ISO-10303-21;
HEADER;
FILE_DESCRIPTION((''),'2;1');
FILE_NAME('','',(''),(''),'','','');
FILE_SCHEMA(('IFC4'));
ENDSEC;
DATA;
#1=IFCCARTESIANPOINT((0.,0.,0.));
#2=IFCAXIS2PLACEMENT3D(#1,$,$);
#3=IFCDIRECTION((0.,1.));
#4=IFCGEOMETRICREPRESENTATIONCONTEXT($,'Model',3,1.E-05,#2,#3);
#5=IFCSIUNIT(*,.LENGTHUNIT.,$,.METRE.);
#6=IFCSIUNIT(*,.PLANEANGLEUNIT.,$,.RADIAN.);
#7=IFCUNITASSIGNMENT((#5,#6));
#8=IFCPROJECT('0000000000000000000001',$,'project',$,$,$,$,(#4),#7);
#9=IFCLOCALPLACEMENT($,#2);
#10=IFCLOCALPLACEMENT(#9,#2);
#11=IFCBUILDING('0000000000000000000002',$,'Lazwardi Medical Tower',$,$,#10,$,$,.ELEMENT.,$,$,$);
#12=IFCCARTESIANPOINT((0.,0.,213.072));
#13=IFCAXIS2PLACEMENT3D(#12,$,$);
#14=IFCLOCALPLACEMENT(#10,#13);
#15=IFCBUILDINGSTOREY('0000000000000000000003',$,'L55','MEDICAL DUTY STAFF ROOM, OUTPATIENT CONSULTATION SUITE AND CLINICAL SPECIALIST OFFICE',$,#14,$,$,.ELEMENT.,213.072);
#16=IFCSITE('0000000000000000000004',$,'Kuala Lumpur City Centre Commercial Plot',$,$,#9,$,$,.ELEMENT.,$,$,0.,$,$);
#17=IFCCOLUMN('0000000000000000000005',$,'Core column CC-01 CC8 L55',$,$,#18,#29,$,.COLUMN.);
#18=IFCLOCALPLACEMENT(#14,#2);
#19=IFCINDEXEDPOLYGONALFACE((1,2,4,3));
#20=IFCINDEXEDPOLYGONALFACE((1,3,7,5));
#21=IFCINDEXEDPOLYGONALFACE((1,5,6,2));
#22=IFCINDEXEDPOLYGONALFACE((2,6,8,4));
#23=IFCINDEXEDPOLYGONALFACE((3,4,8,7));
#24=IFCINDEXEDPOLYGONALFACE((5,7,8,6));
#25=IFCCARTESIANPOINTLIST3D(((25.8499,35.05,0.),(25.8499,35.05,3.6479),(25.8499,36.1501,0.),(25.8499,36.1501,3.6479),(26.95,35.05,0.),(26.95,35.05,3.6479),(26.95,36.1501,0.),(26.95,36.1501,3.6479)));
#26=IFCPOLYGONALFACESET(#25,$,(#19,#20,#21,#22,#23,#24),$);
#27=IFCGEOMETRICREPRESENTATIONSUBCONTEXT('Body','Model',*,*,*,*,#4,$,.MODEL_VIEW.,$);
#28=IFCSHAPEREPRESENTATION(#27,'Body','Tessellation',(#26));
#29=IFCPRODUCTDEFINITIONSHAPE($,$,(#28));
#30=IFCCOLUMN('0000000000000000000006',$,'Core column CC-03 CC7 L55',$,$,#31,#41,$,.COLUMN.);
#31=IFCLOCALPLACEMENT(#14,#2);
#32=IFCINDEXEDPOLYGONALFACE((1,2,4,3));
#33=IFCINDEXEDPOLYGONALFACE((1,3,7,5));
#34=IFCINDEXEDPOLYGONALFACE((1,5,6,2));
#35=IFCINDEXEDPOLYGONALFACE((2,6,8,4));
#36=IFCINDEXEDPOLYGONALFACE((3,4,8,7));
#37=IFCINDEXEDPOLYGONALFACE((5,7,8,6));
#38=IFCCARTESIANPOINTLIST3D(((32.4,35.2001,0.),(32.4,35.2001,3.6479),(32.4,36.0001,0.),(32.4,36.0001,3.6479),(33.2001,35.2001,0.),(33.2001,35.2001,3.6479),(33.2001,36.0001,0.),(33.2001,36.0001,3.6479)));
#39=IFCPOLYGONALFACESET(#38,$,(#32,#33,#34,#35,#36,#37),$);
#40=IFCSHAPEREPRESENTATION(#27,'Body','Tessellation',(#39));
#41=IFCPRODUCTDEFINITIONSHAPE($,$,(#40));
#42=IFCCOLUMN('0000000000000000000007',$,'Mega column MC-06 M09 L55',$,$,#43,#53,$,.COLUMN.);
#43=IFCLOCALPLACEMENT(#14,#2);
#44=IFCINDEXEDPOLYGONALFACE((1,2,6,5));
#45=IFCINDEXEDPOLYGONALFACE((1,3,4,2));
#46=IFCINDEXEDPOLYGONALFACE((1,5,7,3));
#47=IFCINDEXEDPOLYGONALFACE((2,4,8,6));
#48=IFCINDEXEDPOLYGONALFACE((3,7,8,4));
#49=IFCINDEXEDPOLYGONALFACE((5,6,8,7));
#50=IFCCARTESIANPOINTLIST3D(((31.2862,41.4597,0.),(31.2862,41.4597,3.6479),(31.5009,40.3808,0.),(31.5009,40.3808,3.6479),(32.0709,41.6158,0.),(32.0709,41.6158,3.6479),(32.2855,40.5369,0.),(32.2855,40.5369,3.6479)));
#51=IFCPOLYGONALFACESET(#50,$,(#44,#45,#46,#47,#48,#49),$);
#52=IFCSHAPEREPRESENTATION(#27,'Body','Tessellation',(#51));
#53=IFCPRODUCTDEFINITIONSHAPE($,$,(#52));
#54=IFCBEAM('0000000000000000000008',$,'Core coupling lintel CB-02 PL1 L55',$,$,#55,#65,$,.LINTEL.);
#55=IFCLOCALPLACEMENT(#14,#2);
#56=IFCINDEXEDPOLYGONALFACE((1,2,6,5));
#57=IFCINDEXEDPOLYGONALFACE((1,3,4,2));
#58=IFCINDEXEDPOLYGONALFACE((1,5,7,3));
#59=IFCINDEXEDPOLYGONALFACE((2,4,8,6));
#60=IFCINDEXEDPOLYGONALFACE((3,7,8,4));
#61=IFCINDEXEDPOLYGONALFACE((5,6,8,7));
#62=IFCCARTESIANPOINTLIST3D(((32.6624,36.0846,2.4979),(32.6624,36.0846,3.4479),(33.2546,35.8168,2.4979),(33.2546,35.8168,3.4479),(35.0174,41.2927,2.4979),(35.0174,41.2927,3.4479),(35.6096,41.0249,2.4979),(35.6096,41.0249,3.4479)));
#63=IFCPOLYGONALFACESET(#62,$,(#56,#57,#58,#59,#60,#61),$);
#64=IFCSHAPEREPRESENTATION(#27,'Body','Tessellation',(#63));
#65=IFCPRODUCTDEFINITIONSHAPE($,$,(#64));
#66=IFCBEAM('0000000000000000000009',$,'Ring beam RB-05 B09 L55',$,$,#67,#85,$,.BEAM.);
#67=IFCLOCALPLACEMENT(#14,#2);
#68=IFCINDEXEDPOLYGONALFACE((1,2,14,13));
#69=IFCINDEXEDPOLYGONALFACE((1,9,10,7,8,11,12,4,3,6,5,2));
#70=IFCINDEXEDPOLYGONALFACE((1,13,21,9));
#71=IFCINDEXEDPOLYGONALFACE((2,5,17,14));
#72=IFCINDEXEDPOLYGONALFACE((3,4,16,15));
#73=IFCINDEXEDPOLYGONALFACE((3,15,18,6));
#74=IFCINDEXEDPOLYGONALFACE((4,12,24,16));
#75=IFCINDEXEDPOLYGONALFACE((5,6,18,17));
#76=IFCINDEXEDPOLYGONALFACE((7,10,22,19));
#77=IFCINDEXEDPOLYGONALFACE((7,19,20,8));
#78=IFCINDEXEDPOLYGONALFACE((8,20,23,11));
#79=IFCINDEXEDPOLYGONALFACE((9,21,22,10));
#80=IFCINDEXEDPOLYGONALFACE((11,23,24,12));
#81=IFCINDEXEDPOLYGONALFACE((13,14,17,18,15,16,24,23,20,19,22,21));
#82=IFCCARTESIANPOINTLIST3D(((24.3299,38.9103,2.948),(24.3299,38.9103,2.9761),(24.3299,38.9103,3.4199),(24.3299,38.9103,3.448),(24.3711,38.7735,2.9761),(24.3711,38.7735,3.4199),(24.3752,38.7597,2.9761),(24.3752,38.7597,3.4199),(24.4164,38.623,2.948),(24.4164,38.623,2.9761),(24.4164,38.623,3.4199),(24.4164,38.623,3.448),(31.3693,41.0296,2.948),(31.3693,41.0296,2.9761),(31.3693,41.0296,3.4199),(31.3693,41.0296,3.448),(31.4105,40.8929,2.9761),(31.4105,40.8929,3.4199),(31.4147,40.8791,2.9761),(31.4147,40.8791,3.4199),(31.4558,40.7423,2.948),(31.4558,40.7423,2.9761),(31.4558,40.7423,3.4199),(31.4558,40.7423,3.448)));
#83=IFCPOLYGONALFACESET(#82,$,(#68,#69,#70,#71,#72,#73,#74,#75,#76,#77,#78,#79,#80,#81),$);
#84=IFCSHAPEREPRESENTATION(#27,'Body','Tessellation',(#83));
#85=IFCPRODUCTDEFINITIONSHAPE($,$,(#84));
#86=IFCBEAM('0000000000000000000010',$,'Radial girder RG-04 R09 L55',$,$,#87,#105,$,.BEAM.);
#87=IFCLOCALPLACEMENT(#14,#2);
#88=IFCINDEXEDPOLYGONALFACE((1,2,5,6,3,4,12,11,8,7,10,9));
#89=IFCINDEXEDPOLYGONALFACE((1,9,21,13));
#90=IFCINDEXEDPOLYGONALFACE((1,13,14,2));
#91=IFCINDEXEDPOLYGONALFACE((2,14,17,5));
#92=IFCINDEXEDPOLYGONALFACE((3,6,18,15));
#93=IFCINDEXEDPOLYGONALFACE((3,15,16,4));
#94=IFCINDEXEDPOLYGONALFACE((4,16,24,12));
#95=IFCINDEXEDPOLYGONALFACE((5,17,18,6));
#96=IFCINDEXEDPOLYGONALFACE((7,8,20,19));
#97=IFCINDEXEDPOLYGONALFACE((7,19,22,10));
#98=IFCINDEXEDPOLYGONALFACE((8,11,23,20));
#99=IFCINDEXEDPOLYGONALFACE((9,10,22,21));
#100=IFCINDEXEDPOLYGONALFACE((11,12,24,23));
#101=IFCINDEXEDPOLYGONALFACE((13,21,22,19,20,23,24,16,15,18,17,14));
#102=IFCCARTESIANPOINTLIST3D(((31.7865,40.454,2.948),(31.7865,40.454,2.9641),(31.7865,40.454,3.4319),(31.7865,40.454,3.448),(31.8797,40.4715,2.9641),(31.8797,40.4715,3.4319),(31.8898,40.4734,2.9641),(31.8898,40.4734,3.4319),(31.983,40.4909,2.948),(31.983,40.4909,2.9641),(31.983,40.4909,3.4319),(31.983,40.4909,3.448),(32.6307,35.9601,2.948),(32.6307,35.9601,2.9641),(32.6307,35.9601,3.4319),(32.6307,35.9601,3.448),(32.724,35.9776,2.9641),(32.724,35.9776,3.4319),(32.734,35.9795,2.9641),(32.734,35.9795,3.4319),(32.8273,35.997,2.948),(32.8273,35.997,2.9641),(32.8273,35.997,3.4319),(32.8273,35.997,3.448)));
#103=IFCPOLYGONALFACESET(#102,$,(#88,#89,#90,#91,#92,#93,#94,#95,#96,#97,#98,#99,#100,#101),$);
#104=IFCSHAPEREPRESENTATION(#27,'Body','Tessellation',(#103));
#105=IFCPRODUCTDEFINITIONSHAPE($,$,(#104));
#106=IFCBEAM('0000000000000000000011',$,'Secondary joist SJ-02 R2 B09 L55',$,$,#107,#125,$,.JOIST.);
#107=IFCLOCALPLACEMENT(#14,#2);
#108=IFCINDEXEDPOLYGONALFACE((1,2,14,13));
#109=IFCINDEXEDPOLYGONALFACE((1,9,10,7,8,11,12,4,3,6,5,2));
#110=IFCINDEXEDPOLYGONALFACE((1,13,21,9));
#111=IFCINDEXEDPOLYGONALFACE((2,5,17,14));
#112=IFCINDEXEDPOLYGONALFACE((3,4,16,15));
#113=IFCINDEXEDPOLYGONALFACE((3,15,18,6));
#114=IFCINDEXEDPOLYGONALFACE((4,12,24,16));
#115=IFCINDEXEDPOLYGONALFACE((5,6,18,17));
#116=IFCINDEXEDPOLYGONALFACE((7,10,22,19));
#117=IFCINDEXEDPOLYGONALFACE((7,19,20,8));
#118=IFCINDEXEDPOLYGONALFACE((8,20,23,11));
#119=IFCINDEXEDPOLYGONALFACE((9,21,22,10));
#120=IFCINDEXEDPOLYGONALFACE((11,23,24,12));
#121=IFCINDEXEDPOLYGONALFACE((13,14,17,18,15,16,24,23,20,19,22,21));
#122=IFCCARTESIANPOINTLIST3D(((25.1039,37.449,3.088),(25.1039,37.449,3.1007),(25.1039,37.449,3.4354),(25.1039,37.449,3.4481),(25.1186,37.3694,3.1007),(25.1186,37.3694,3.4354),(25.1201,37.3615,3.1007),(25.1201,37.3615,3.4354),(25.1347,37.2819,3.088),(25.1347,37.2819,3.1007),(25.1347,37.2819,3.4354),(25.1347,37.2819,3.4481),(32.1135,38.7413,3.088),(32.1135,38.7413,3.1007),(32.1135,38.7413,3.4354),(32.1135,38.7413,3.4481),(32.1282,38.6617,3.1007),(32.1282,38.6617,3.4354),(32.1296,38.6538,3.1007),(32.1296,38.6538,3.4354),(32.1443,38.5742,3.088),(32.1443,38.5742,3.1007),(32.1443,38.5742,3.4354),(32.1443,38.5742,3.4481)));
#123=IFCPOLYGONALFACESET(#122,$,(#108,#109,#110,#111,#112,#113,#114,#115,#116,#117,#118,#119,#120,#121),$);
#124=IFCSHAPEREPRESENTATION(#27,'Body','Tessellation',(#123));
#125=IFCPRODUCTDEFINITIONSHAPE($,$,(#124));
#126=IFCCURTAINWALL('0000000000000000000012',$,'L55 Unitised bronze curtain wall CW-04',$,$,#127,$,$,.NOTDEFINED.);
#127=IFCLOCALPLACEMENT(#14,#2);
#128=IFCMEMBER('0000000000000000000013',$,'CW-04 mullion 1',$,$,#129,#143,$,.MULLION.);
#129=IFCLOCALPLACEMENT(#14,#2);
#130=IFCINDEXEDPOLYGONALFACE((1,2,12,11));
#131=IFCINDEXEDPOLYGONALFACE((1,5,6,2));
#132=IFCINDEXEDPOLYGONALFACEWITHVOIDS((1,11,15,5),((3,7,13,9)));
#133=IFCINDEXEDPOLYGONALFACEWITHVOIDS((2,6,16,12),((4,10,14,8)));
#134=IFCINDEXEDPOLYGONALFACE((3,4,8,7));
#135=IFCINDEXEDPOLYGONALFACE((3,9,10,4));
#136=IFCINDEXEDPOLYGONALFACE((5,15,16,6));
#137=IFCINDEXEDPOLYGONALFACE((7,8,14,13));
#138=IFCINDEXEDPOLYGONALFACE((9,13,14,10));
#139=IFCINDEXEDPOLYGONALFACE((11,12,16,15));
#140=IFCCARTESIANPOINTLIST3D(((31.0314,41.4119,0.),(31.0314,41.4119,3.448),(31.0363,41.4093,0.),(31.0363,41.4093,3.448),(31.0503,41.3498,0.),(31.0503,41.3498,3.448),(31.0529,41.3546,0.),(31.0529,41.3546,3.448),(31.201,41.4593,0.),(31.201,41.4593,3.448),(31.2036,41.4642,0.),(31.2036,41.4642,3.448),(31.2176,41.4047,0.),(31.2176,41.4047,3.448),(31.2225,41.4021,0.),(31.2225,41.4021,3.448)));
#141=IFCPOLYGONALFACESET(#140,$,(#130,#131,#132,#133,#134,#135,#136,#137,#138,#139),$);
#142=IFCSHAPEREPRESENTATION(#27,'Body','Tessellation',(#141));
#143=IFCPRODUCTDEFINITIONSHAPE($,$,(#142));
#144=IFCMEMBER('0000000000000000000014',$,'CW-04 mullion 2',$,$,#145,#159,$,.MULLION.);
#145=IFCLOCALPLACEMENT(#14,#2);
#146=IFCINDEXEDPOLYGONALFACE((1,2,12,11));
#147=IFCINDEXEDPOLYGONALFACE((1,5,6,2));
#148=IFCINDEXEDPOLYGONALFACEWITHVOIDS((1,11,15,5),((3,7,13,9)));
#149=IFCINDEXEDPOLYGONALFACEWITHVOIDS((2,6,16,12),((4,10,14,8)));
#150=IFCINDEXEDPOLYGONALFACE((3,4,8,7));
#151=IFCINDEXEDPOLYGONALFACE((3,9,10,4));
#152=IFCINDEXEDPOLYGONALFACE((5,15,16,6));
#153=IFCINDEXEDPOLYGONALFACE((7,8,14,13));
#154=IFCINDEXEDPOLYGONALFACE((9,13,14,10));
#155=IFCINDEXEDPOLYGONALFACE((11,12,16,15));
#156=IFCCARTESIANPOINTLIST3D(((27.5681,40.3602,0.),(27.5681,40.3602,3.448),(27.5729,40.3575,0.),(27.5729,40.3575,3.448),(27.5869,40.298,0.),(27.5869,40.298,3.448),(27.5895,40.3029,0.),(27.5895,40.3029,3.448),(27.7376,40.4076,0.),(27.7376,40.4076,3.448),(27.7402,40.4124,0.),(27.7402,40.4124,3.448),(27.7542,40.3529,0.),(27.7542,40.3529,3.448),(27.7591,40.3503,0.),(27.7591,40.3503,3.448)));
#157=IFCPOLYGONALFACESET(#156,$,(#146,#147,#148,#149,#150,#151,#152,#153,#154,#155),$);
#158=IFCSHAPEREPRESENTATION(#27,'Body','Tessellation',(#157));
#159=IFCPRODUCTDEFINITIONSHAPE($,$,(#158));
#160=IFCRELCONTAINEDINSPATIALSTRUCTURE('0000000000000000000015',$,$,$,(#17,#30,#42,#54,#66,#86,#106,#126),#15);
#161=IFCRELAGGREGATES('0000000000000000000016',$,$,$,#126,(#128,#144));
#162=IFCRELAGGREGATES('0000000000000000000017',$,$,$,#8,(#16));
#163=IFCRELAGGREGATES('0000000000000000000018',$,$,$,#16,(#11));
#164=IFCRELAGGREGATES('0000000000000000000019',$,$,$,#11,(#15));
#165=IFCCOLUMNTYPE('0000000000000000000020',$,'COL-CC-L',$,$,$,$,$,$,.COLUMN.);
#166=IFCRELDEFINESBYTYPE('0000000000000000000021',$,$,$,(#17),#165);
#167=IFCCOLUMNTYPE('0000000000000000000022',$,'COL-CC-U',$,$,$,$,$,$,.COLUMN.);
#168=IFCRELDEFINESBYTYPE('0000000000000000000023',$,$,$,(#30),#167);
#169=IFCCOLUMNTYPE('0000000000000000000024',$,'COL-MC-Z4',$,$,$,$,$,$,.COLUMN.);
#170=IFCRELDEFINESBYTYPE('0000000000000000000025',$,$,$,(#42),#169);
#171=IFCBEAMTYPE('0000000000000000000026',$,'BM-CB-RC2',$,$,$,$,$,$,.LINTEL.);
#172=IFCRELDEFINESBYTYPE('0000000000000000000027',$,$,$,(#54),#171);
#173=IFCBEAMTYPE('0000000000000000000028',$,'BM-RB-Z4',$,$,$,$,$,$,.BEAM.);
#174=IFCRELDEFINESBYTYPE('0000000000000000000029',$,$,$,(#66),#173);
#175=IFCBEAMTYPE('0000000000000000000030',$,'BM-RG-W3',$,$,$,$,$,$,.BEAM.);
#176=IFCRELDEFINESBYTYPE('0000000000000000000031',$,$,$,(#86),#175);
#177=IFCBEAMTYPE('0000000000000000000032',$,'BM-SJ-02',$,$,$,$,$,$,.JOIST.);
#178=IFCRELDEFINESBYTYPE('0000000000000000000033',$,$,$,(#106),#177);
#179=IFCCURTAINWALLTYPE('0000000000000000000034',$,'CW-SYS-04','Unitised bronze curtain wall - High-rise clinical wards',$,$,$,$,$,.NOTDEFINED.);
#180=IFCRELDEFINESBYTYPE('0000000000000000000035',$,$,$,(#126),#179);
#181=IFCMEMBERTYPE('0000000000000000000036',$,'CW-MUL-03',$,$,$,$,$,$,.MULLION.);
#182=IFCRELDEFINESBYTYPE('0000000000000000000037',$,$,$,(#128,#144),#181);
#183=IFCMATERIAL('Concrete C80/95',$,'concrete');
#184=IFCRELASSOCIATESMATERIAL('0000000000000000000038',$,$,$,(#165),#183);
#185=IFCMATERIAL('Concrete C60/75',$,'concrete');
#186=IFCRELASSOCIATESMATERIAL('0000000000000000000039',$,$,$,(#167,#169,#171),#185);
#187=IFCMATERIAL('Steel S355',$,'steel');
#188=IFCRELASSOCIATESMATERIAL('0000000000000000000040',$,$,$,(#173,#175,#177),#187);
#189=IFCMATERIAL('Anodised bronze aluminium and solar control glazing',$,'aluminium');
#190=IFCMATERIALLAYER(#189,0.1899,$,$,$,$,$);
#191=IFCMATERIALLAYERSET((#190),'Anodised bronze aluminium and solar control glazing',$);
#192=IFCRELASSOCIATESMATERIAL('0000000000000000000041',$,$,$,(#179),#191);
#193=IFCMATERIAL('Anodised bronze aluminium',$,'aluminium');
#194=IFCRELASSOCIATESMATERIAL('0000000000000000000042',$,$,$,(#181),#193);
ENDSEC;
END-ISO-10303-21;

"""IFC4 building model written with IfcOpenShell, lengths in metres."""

from ifc_helpers import new_model, si_unit, direction, frame, origin, origin_2d, place, context, subcontext, project, spatial, rectangle, hollow_rectangle, i_section, extrude, material, layer, layer_set, material_profile, profile_set, type_object, element, aggregate, save


model = new_model("IFC4")

# Units and contexts
model_context = context("Model", 3, precision=1e-05, world=origin(), true_north=direction((0.0, 1.0)))
body_context = subcontext(model_context, "Body", "Model", "MODEL_VIEW")
ifc_project = project(units=[si_unit("LENGTHUNIT", "METRE"), si_unit("PLANEANGLEUNIT", "RADIAN")], contexts=[model_context])

# Site, building, storey
site_placement = place(None, origin())
site = spatial("IfcSite", under=ifc_project, at=site_placement, Name="Kuala Lumpur City Centre Commercial Plot", CompositionType="ELEMENT", RefElevation=0.0)
building_placement = place(site_placement, origin())
building = spatial("IfcBuilding", under=site, at=building_placement, Name="Lazwardi Medical Tower", CompositionType="ELEMENT")
storey_placement = place(building_placement, frame((0.0, 0.0, 213.072)))
storey = spatial("IfcBuildingStorey", under=building, at=storey_placement, Name="L55", Description="MEDICAL DUTY STAFF ROOM, OUTPATIENT CONSULTATION SUITE AND CLINICAL SPECIALIST OFFICE", CompositionType="ELEMENT", Elevation=213.072)

# Columns
ifc_material_1 = material(Name="Concrete C80/95", Category="concrete")
ifc_material_profile_1 = material_profile(ifc_material_1, rectangle(XDim=1.1001, YDim=1.1001, at=origin_2d()), Name="RC 1100x1100")
ifc_profile_set_1 = profile_set([ifc_material_profile_1], Name="Concrete C80/95")
column_type_1 = type_object("IfcColumnType", Name="COL-CC-L", PredefinedType="COLUMN", material=ifc_profile_set_1)
column_1_placement = place(storey_placement, frame((26.3999, 35.6001, 0.0), z_axis=(0.0, 0.0, 1.0), x_axis=(1.0, 0.0, 0.0)))
element("IfcColumn", 1, at=column_1_placement, inside=storey, type_object=column_type_1, Name="Core column CC-01 CC8 L55", PredefinedType="COLUMN", context=body_context, shape_type="SweptSolid", body=[
    extrude(rectangle(XDim=1.1001, YDim=1.1001, at=origin_2d()), origin(), (0.0, 0.0, 1.0), 3.6479),
])
ifc_material_2 = material(Name="Concrete C60/75", Category="concrete")
ifc_material_profile_2 = material_profile(ifc_material_2, rectangle(XDim=0.8, YDim=0.8, at=origin_2d()), Name="RC 800x800")
ifc_profile_set_2 = profile_set([ifc_material_profile_2], Name="Concrete C60/75")
column_type_2 = type_object("IfcColumnType", Name="COL-CC-U", PredefinedType="COLUMN", material=ifc_profile_set_2)
column_2_placement = place(storey_placement, frame((32.8, 35.6001, 0.0), z_axis=(0.0, 0.0, 1.0), x_axis=(1.0, 0.0, 0.0)))
element("IfcColumn", 2, at=column_2_placement, inside=storey, type_object=column_type_2, Name="Core column CC-03 CC7 L55", PredefinedType="COLUMN", context=body_context, shape_type="SweptSolid", body=[
    extrude(rectangle(XDim=0.8, YDim=0.8, at=origin_2d()), origin(), (0.0, 0.0, 1.0), 3.6479),
])
ifc_material_profile_3 = material_profile(ifc_material_2, rectangle(XDim=1.1001, YDim=0.8, at=origin_2d()), Name="CFT-RECT 1100x800")
ifc_profile_set_3 = profile_set([ifc_material_profile_3], Name="Concrete C60/75")
column_type_3 = type_object("IfcColumnType", Name="COL-MC-Z4", PredefinedType="COLUMN", material=ifc_profile_set_3)
column_3_placement = place(storey_placement, frame((31.7859, 40.9983, 0.0), z_axis=(0.0, 0.0, 1.0), x_axis=(-0.19509, 0.980785, 0.0)))
element("IfcColumn", 3, at=column_3_placement, inside=storey, type_object=column_type_3, Name="Mega column MC-06 M09 L55", PredefinedType="COLUMN", context=body_context, shape_type="SweptSolid", body=[
    extrude(rectangle(XDim=1.1001, YDim=0.8, at=origin_2d()), origin(), (0.0, 0.0, 1.0), 3.6479),
])

# Beams
ifc_material_profile_4 = material_profile(ifc_material_2, rectangle(XDim=0.6499, YDim=0.95, at=origin_2d()), Name="RC 650x950")
ifc_profile_set_4 = profile_set([ifc_material_profile_4], Name="Concrete C60/75")
beam_type_1 = type_object("IfcBeamType", Name="BM-CB-RC2", PredefinedType="LINTEL", material=ifc_profile_set_4)
beam_1_placement = place(storey_placement, frame((32.9585, 35.9507, 2.9729), z_axis=(0.412019, 0.911175, 0.0), x_axis=(-0.911175, 0.412019, 0.0)))
element("IfcBeam", 4, at=beam_1_placement, inside=storey, type_object=beam_type_1, Name="Core coupling lintel CB-02 PL1 L55", PredefinedType="LINTEL", context=body_context, shape_type="SweptSolid", body=[
    extrude(rectangle(XDim=0.6499, YDim=0.95, at=origin_2d()), origin(), (0.0, 0.0, 1.0), 5.7158),
])
ifc_material_3 = material(Name="Steel S355", Category="steel")
ifc_material_profile_5 = material_profile(ifc_material_3, i_section(OverallWidth=0.3, OverallDepth=0.5, WebThickness=0.0144, FlangeThickness=0.0281, at=origin_2d()), Name="HEB 500")
ifc_profile_set_5 = profile_set([ifc_material_profile_5], Name="Steel S355")
beam_type_2 = type_object("IfcBeamType", Name="BM-RB-Z4", PredefinedType="BEAM", material=ifc_profile_set_5)
beam_2_placement = place(storey_placement, frame((31.4126, 40.886, 3.198), z_axis=(-0.957544, -0.288286, 0.0), x_axis=(0.288286, -0.957544, 0.0)))
element("IfcBeam", 5, at=beam_2_placement, inside=storey, type_object=beam_type_2, Name="Ring beam RB-05 B09 L55", PredefinedType="BEAM", context=body_context, shape_type="SweptSolid", body=[
    extrude(i_section(OverallWidth=0.3, OverallDepth=0.5, WebThickness=0.0144, FlangeThickness=0.0281, at=origin_2d()), origin(), (0.0, 0.0, 1.0), 7.3516),
])
ifc_material_profile_6 = material_profile(ifc_material_3, i_section(OverallWidth=0.2, OverallDepth=0.5, WebThickness=0.0103, FlangeThickness=0.0161, at=origin_2d()), Name="IPE 500")
ifc_profile_set_6 = profile_set([ifc_material_profile_6], Name="Steel S355")
beam_type_3 = type_object("IfcBeamType", Name="BM-RG-W3", PredefinedType="BEAM", material=ifc_profile_set_6)
beam_3_placement = place(storey_placement, frame((31.8848, 40.4724, 3.198), z_axis=(0.184633, -0.982807, 0.0), x_axis=(0.982807, 0.184633, 0.0)))
element("IfcBeam", 6, at=beam_3_placement, inside=storey, type_object=beam_type_3, Name="Radial girder RG-04 R09 L55", PredefinedType="BEAM", context=body_context, shape_type="SweptSolid", body=[
    extrude(i_section(OverallWidth=0.2, OverallDepth=0.5, WebThickness=0.0103, FlangeThickness=0.0161, at=origin_2d()), origin(), (0.0, 0.0, 1.0), 4.5725),
])
ifc_material_profile_7 = material_profile(ifc_material_3, i_section(OverallWidth=0.1699, OverallDepth=0.3601, WebThickness=0.0081, FlangeThickness=0.0127, at=origin_2d()), Name="IPE 360")
ifc_profile_set_7 = profile_set([ifc_material_profile_7], Name="Steel S355")
beam_type_4 = type_object("IfcBeamType", Name="BM-SJ-02", PredefinedType="JOIST", material=ifc_profile_set_7)
beam_4_placement = place(storey_placement, frame((32.1289, 38.6577, 3.2681), z_axis=(-0.983428, -0.181299, 0.0), x_axis=(0.181299, -0.983428, 0.0)))
element("IfcBeam", 7, at=beam_4_placement, inside=storey, type_object=beam_type_4, Name="Secondary joist SJ-02 R2 B09 L55", PredefinedType="JOIST", context=body_context, shape_type="SweptSolid", body=[
    extrude(i_section(OverallWidth=0.1699, OverallDepth=0.3601, WebThickness=0.0081, FlangeThickness=0.0127, at=origin_2d()), origin(), (0.0, 0.0, 1.0), 7.1277),
])

# Curtain wall, members
ifc_material_4 = material(Name="Anodised bronze aluminium and solar control glazing", Category="aluminium")
ifc_layer_1 = layer(ifc_material_4, 0.1899)
ifc_layer_set_1 = layer_set([ifc_layer_1], Name="Anodised bronze aluminium and solar control glazing")
curtain_wall_type = type_object("IfcCurtainWallType", Name="CW-SYS-04", Description="Unitised bronze curtain wall - High-rise clinical wards", PredefinedType="NOTDEFINED", material=ifc_layer_set_1)
curtain_wall_placement = place(storey_placement, origin())
curtain_wall = element("IfcCurtainWall", 8, at=curtain_wall_placement, inside=storey, type_object=curtain_wall_type, Name="L55 Unitised bronze curtain wall CW-04", PredefinedType="NOTDEFINED")
ifc_material_5 = material(Name="Anodised bronze aluminium", Category="aluminium")
ifc_material_profile_8 = material_profile(ifc_material_5, hollow_rectangle(XDim=0.0649, YDim=0.1799, WallThickness=0.0039, at=origin_2d()), Name="ALU-MULLION 180x65x4")
ifc_profile_set_8 = profile_set([ifc_material_profile_8], Name="Anodised bronze aluminium")
member_type_1 = type_object("IfcMemberType", Name="CW-MUL-03", PredefinedType="MULLION", material=ifc_profile_set_8)
member_1_placement = place(storey_placement, frame((31.127, 41.407, 0.0), z_axis=(0.0, 0.0, 1.0), x_axis=(0.290582, -0.95685, 0.0)))
member_1 = element("IfcMember", 9, at=member_1_placement, type_object=member_type_1, Name="CW-04 mullion 1", PredefinedType="MULLION", context=body_context, shape_type="SweptSolid", body=[
    extrude(hollow_rectangle(XDim=0.0649, YDim=0.1799, WallThickness=0.0039, at=origin_2d()), origin(), (0.0, 0.0, 1.0), 3.448),
])
member_2_placement = place(storey_placement, frame((27.6636, 40.3552, 0.0), z_axis=(0.0, 0.0, 1.0), x_axis=(0.290582, -0.95685, 0.0)))
member_2 = element("IfcMember", 10, at=member_2_placement, type_object=member_type_1, Name="CW-04 mullion 2", PredefinedType="MULLION", context=body_context, shape_type="SweptSolid", body=[
    extrude(hollow_rectangle(XDim=0.0649, YDim=0.1799, WallThickness=0.0039, at=origin_2d()), origin(), (0.0, 0.0, 1.0), 3.448),
])
aggregate(curtain_wall, [member_1, member_2])

save(model, "model.ifc")
